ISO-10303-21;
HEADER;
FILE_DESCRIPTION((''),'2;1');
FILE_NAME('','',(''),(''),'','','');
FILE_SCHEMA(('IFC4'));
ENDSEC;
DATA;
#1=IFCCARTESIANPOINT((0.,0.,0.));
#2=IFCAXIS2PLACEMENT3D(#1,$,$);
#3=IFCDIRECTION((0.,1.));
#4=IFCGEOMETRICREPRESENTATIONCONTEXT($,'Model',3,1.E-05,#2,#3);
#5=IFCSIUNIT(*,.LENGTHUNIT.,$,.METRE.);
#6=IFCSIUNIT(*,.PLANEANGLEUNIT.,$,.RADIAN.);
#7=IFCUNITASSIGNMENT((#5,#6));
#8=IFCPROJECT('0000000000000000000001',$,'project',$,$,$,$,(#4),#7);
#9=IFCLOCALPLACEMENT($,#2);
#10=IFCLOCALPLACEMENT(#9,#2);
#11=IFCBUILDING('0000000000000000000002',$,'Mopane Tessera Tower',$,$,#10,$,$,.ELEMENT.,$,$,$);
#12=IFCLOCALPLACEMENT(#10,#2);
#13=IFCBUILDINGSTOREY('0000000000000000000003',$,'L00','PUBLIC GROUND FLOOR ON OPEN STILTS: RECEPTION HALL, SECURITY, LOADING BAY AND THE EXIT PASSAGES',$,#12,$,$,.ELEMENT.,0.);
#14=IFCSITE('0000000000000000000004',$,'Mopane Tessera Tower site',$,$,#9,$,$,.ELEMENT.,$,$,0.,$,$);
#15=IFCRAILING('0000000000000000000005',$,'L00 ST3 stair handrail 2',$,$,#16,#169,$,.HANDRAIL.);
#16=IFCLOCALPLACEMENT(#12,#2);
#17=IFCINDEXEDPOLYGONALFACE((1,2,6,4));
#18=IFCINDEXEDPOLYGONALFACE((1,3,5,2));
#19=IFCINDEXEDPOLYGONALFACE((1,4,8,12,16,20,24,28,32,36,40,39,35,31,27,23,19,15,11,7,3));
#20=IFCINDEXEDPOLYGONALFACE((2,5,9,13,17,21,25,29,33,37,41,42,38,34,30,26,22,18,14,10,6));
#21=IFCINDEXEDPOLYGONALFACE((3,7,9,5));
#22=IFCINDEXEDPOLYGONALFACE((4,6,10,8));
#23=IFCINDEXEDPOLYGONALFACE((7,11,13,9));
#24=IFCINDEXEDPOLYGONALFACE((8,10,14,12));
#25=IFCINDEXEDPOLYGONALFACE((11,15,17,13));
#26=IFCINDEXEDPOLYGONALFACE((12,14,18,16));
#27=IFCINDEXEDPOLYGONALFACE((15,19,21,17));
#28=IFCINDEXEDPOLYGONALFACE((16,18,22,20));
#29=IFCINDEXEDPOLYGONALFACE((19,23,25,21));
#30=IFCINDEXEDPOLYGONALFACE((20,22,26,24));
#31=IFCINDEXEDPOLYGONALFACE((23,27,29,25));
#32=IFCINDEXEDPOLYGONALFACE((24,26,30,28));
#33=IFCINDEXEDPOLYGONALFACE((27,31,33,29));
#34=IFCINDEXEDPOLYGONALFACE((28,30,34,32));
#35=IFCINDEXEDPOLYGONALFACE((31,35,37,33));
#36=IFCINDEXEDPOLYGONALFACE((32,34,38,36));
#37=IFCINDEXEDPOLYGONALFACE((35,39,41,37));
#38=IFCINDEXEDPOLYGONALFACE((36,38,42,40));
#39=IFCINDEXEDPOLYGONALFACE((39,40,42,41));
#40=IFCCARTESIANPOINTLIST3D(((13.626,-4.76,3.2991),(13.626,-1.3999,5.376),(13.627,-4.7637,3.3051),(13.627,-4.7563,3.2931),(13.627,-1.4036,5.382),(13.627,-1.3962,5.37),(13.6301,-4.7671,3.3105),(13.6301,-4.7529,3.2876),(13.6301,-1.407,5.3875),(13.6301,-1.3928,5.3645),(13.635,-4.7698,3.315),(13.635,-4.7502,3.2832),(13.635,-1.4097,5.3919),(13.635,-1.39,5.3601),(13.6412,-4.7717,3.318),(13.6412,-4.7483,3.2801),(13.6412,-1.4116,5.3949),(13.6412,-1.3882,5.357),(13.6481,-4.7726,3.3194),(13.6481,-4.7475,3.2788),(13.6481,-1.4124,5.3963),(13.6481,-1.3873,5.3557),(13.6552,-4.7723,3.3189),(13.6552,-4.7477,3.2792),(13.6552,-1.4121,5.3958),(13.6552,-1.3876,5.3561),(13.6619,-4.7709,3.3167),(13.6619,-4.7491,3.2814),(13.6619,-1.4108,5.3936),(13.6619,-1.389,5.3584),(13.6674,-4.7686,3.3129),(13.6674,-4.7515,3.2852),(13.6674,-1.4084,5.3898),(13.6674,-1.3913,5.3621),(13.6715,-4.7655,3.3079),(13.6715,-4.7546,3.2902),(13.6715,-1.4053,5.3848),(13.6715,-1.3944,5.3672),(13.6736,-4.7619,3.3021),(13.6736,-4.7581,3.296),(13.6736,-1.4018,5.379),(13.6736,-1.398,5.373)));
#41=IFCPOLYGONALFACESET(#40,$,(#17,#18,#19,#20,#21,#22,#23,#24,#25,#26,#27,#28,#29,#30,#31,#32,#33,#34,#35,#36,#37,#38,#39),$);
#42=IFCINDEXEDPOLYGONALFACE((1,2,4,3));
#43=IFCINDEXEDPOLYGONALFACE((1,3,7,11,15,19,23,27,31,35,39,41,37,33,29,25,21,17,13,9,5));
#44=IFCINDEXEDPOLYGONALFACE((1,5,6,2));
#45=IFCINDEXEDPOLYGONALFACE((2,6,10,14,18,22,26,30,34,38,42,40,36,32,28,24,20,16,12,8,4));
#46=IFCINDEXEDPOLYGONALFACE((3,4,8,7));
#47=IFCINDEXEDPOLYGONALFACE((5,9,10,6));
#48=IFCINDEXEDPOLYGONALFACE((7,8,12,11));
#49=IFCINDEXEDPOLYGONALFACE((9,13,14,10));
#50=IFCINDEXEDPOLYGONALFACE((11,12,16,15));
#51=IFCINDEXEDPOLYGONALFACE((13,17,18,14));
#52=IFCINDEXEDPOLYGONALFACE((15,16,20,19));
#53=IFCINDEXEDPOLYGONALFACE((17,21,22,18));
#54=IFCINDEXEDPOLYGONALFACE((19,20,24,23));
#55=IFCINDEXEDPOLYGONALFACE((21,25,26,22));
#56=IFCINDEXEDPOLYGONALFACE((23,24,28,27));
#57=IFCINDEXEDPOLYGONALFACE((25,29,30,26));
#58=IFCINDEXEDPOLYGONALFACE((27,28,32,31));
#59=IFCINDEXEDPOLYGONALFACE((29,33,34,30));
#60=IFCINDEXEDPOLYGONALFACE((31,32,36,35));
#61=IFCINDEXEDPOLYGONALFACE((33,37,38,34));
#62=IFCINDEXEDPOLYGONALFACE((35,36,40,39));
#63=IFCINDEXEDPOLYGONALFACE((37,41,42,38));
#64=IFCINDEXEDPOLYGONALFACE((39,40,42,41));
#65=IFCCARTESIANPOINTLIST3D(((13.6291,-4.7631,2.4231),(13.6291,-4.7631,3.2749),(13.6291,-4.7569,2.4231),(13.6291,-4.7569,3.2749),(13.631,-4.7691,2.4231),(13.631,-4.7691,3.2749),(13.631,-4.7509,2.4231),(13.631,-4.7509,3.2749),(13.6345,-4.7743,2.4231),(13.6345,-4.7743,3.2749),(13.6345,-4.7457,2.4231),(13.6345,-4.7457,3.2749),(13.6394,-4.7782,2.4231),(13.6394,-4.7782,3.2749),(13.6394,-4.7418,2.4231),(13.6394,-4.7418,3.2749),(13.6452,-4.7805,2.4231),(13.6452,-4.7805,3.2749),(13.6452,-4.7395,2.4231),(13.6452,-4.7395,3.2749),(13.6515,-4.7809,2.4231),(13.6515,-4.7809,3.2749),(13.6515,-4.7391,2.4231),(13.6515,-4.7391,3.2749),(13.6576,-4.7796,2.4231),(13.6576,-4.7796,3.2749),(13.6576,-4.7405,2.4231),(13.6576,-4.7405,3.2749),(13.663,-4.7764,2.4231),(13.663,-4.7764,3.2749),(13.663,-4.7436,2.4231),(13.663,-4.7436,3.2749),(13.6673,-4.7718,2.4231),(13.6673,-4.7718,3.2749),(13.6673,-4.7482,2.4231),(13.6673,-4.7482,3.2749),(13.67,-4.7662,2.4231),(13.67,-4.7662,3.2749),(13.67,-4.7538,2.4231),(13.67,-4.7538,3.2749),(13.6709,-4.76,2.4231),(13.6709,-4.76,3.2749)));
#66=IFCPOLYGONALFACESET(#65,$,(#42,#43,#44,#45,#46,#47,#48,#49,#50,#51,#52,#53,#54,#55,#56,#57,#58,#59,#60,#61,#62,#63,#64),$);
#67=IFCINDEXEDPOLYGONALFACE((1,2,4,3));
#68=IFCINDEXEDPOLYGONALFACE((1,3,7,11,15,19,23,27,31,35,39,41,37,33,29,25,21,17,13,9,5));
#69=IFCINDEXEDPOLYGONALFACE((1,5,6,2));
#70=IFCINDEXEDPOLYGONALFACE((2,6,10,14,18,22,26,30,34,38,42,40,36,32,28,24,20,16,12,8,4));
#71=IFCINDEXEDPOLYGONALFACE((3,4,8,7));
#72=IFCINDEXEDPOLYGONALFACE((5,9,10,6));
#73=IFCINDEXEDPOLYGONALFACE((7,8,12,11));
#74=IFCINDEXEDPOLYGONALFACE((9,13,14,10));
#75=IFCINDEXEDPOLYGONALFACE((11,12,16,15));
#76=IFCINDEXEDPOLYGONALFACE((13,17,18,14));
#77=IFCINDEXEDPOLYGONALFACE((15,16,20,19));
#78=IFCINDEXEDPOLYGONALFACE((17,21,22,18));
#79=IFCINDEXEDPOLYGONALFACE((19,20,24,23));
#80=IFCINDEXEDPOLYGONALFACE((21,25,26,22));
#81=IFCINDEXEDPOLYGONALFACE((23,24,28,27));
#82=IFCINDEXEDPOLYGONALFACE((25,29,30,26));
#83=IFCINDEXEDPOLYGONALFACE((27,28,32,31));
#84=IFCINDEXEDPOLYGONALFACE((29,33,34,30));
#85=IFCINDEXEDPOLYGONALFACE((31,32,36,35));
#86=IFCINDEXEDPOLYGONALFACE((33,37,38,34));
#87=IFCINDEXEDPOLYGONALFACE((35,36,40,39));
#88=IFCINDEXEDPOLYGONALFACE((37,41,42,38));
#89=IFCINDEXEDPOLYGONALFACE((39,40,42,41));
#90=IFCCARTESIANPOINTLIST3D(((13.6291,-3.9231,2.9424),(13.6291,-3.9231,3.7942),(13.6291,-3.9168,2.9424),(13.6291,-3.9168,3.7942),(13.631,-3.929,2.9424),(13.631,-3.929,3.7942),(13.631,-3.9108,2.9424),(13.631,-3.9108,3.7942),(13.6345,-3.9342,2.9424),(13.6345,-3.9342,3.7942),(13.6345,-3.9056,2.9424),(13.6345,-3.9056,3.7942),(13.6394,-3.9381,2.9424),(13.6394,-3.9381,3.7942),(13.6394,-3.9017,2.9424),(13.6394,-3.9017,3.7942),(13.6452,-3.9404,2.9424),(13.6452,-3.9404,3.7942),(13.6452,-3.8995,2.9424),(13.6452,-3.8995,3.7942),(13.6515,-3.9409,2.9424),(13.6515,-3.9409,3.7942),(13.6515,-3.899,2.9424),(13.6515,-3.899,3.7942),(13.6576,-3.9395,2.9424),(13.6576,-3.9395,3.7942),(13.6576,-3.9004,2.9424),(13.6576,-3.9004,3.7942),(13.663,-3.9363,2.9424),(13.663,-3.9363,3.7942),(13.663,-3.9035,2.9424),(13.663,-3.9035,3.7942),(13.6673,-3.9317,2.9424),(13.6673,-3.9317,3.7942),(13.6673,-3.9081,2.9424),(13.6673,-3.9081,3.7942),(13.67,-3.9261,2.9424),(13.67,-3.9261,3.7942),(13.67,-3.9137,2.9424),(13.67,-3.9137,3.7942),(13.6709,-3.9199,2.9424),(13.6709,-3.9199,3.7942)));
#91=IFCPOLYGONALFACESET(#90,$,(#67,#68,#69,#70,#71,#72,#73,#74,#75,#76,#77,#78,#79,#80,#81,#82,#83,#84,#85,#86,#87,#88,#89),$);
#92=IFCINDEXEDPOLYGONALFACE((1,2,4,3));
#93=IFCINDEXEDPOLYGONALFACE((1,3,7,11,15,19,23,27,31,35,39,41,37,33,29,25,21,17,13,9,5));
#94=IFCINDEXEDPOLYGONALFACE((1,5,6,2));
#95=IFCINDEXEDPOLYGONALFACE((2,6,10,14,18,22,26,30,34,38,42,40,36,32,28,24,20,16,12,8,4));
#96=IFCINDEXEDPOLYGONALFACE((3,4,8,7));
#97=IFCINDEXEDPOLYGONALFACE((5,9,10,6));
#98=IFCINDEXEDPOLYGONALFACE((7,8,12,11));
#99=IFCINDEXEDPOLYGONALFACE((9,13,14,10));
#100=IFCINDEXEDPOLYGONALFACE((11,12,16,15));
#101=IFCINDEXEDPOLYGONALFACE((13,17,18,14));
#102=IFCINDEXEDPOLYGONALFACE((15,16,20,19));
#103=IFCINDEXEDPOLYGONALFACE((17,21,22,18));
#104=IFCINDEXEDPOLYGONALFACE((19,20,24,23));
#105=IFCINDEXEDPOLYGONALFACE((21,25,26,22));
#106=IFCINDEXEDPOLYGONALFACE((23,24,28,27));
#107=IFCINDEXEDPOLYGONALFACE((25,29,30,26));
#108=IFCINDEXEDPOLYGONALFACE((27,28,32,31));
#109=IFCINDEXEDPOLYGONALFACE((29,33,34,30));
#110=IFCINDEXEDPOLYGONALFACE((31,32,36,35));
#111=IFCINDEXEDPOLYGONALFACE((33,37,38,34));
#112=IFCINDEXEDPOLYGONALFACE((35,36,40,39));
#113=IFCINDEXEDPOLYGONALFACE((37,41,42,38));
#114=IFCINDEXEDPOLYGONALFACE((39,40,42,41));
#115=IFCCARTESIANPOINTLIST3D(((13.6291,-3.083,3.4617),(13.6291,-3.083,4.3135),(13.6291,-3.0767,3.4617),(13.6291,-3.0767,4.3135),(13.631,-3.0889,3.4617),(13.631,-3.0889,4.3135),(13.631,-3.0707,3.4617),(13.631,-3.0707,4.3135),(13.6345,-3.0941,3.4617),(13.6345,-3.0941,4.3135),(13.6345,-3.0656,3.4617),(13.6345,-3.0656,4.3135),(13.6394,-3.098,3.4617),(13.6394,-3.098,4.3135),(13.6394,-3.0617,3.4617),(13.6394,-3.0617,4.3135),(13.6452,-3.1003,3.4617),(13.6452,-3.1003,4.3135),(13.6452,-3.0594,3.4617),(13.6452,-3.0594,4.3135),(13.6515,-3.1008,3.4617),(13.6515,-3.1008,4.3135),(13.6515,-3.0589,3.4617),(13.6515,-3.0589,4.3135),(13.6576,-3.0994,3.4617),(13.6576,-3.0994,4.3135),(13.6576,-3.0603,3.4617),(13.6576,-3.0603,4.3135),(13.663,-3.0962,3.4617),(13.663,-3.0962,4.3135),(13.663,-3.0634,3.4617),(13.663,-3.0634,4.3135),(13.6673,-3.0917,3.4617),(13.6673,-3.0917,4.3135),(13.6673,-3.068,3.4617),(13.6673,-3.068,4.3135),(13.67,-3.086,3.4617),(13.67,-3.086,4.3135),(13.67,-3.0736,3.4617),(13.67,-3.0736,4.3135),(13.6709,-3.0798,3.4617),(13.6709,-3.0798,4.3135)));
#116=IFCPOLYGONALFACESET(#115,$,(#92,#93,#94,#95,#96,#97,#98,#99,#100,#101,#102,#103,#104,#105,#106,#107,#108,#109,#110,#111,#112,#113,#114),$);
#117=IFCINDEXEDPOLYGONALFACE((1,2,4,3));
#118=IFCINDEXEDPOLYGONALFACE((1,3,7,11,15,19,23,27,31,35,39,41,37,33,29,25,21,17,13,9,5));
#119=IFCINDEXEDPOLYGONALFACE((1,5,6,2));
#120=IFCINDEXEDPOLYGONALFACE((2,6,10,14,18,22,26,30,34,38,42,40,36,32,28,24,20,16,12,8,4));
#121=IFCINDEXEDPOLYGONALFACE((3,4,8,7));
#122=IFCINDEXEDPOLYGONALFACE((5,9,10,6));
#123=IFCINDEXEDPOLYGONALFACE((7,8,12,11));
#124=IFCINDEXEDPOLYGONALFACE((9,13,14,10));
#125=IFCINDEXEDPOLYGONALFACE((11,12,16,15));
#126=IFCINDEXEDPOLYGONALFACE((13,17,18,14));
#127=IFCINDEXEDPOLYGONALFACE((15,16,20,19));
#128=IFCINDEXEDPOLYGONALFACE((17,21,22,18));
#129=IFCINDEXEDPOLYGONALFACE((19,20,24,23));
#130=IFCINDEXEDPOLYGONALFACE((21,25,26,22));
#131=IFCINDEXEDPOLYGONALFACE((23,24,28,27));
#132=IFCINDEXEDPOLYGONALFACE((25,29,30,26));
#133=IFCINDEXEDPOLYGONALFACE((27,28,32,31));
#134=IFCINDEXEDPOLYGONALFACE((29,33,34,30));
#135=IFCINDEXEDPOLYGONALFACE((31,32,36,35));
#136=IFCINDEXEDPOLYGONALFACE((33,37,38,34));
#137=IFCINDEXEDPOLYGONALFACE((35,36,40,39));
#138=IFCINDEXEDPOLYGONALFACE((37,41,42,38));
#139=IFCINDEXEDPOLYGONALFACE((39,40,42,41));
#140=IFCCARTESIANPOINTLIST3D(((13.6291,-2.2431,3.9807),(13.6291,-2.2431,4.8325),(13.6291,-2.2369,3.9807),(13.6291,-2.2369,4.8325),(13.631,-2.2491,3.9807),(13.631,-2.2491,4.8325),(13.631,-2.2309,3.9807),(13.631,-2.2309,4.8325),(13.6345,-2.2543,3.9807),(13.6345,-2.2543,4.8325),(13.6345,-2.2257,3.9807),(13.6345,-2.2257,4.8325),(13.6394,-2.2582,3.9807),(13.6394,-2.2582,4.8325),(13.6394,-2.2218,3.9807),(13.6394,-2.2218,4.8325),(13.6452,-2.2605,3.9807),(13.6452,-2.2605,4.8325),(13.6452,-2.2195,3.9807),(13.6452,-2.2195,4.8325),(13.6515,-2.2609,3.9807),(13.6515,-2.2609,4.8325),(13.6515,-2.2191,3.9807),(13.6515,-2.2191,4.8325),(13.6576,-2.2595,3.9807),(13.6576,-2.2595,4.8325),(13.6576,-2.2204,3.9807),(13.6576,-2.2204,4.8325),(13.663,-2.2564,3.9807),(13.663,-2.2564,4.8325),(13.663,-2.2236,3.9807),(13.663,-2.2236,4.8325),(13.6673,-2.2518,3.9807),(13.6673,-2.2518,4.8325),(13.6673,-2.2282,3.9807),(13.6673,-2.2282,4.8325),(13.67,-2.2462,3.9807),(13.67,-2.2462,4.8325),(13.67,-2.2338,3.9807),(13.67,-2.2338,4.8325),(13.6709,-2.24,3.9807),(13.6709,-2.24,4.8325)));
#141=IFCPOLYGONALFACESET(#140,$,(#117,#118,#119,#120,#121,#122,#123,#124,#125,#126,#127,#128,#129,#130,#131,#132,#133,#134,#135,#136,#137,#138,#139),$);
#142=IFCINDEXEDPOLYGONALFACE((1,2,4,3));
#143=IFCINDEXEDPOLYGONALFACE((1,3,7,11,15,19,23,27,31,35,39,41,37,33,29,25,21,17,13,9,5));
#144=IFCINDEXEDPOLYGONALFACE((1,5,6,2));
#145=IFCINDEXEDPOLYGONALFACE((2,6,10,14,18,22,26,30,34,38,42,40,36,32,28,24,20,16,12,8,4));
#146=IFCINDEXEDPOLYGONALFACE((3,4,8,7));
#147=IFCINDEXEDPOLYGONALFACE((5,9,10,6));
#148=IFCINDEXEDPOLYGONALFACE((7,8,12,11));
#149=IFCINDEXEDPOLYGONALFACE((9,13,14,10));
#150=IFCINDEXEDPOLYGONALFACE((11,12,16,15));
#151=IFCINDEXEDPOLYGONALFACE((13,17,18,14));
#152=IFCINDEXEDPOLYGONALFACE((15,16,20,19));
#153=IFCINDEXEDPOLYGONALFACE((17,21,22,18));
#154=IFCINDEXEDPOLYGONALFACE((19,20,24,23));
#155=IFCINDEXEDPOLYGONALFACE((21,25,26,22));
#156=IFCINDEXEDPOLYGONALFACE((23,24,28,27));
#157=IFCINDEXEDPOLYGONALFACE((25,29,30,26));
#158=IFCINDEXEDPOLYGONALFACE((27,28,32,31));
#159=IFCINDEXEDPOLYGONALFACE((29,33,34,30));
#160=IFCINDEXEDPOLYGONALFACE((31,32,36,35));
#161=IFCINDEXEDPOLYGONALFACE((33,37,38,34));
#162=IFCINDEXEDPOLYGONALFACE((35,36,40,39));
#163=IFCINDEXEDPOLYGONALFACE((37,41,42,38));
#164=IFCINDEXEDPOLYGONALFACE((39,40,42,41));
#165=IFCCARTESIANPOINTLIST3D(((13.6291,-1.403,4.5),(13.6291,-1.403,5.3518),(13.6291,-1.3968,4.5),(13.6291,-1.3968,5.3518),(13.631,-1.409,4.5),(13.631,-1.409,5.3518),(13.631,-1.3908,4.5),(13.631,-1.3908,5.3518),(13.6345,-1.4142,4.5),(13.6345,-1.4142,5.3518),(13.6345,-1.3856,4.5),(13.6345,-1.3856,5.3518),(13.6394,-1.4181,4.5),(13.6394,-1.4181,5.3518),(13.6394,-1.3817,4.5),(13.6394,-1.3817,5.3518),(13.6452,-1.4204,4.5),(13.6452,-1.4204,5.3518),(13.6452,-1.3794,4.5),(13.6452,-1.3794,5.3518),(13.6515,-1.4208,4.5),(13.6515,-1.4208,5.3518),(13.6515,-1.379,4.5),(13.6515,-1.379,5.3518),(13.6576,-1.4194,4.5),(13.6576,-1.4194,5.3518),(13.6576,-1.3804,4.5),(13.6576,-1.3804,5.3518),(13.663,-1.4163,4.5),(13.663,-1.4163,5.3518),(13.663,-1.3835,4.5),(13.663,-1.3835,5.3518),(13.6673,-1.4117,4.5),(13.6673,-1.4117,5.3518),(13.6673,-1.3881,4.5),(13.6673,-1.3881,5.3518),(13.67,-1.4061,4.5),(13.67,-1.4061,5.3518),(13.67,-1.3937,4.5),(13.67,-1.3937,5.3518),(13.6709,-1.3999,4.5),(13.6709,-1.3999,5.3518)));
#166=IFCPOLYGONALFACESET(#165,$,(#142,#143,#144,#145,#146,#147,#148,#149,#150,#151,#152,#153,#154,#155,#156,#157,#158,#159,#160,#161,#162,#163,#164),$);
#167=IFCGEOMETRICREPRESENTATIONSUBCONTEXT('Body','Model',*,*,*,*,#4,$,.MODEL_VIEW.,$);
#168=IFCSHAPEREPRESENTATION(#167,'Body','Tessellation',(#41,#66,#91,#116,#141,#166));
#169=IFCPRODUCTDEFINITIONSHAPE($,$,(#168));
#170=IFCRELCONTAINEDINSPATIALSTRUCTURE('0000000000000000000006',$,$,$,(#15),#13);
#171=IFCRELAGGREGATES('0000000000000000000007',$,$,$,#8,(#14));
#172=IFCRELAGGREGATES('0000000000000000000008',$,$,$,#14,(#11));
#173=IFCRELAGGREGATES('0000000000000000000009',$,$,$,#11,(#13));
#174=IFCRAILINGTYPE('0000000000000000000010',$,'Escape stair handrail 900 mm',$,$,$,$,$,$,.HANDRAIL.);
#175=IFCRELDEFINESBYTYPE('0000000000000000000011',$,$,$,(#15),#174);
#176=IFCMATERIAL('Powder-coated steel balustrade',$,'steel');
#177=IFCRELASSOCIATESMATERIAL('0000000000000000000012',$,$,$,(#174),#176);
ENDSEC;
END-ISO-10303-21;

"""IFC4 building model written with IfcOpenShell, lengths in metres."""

from ifc_helpers import new_model, si_unit, direction, frame, origin, origin_2d, place, context, subcontext, project, spatial, circle, extrude, material, type_object, element, save


model = new_model("IFC4")

# Units and contexts
model_context = context("Model", 3, precision=1e-05, world=origin(), true_north=direction((0.0, 1.0)))
body_context = subcontext(model_context, "Body", "Model", "MODEL_VIEW")
ifc_project = project(units=[si_unit("LENGTHUNIT", "METRE"), si_unit("PLANEANGLEUNIT", "RADIAN")], contexts=[model_context])

# Site, building, storey
site_placement = place(None, origin())
site = spatial("IfcSite", under=ifc_project, at=site_placement, Name="Mopane Tessera Tower site", CompositionType="ELEMENT", RefElevation=0.0)
building_placement = place(site_placement, origin())
building = spatial("IfcBuilding", under=site, at=building_placement, Name="Mopane Tessera Tower", CompositionType="ELEMENT")
storey_placement = place(building_placement, origin())
storey = spatial("IfcBuildingStorey", under=building, at=storey_placement, Name="L00", Description="PUBLIC GROUND FLOOR ON OPEN STILTS: RECEPTION HALL, SECURITY, LOADING BAY AND THE EXIT PASSAGES", CompositionType="ELEMENT", Elevation=0.0)

# Railing
ifc_material_1 = material(Name="Powder-coated steel balustrade", Category="steel")
railing_type_1 = type_object("IfcRailingType", Name="Escape stair handrail 900 mm", PredefinedType="HANDRAIL", material=ifc_material_1)
railing_1_placement = place(storey_placement, frame((13.6499, -4.76, 2.4231)))
element("IfcRailing", 1, at=railing_1_placement, inside=storey, type_object=railing_type_1, Name="L00 ST3 stair handrail 2", PredefinedType="HANDRAIL", context=body_context, shape_type="SweptSolid", body=[
    extrude(circle(Radius=0.0239, at=origin_2d()), frame((0.0, 0.0, 0.876), z_axis=(0.0, 0.850623, 0.525776), x_axis=(-1.0, 0.0, 0.0)), (0.0, 0.0, 1.0), 3.9502),
    extrude(circle(Radius=0.021, at=origin_2d()), origin(), (0.0, 0.0, 1.0), 0.8518),
    extrude(circle(Radius=0.021, at=origin_2d()), frame((0.0, 0.8401, 0.5193)), (0.0, 0.0, 1.0), 0.8518),
    extrude(circle(Radius=0.021, at=origin_2d()), frame((0.0, 1.6802, 1.0386)), (0.0, 0.0, 1.0), 0.8518),
    extrude(circle(Radius=0.021, at=origin_2d()), frame((0.0, 2.52, 1.5576)), (0.0, 0.0, 1.0), 0.8518),
    extrude(circle(Radius=0.021, at=origin_2d()), frame((0.0, 3.3601, 2.0769)), (0.0, 0.0, 1.0), 0.8518),
])

save(model, "model.ifc")
